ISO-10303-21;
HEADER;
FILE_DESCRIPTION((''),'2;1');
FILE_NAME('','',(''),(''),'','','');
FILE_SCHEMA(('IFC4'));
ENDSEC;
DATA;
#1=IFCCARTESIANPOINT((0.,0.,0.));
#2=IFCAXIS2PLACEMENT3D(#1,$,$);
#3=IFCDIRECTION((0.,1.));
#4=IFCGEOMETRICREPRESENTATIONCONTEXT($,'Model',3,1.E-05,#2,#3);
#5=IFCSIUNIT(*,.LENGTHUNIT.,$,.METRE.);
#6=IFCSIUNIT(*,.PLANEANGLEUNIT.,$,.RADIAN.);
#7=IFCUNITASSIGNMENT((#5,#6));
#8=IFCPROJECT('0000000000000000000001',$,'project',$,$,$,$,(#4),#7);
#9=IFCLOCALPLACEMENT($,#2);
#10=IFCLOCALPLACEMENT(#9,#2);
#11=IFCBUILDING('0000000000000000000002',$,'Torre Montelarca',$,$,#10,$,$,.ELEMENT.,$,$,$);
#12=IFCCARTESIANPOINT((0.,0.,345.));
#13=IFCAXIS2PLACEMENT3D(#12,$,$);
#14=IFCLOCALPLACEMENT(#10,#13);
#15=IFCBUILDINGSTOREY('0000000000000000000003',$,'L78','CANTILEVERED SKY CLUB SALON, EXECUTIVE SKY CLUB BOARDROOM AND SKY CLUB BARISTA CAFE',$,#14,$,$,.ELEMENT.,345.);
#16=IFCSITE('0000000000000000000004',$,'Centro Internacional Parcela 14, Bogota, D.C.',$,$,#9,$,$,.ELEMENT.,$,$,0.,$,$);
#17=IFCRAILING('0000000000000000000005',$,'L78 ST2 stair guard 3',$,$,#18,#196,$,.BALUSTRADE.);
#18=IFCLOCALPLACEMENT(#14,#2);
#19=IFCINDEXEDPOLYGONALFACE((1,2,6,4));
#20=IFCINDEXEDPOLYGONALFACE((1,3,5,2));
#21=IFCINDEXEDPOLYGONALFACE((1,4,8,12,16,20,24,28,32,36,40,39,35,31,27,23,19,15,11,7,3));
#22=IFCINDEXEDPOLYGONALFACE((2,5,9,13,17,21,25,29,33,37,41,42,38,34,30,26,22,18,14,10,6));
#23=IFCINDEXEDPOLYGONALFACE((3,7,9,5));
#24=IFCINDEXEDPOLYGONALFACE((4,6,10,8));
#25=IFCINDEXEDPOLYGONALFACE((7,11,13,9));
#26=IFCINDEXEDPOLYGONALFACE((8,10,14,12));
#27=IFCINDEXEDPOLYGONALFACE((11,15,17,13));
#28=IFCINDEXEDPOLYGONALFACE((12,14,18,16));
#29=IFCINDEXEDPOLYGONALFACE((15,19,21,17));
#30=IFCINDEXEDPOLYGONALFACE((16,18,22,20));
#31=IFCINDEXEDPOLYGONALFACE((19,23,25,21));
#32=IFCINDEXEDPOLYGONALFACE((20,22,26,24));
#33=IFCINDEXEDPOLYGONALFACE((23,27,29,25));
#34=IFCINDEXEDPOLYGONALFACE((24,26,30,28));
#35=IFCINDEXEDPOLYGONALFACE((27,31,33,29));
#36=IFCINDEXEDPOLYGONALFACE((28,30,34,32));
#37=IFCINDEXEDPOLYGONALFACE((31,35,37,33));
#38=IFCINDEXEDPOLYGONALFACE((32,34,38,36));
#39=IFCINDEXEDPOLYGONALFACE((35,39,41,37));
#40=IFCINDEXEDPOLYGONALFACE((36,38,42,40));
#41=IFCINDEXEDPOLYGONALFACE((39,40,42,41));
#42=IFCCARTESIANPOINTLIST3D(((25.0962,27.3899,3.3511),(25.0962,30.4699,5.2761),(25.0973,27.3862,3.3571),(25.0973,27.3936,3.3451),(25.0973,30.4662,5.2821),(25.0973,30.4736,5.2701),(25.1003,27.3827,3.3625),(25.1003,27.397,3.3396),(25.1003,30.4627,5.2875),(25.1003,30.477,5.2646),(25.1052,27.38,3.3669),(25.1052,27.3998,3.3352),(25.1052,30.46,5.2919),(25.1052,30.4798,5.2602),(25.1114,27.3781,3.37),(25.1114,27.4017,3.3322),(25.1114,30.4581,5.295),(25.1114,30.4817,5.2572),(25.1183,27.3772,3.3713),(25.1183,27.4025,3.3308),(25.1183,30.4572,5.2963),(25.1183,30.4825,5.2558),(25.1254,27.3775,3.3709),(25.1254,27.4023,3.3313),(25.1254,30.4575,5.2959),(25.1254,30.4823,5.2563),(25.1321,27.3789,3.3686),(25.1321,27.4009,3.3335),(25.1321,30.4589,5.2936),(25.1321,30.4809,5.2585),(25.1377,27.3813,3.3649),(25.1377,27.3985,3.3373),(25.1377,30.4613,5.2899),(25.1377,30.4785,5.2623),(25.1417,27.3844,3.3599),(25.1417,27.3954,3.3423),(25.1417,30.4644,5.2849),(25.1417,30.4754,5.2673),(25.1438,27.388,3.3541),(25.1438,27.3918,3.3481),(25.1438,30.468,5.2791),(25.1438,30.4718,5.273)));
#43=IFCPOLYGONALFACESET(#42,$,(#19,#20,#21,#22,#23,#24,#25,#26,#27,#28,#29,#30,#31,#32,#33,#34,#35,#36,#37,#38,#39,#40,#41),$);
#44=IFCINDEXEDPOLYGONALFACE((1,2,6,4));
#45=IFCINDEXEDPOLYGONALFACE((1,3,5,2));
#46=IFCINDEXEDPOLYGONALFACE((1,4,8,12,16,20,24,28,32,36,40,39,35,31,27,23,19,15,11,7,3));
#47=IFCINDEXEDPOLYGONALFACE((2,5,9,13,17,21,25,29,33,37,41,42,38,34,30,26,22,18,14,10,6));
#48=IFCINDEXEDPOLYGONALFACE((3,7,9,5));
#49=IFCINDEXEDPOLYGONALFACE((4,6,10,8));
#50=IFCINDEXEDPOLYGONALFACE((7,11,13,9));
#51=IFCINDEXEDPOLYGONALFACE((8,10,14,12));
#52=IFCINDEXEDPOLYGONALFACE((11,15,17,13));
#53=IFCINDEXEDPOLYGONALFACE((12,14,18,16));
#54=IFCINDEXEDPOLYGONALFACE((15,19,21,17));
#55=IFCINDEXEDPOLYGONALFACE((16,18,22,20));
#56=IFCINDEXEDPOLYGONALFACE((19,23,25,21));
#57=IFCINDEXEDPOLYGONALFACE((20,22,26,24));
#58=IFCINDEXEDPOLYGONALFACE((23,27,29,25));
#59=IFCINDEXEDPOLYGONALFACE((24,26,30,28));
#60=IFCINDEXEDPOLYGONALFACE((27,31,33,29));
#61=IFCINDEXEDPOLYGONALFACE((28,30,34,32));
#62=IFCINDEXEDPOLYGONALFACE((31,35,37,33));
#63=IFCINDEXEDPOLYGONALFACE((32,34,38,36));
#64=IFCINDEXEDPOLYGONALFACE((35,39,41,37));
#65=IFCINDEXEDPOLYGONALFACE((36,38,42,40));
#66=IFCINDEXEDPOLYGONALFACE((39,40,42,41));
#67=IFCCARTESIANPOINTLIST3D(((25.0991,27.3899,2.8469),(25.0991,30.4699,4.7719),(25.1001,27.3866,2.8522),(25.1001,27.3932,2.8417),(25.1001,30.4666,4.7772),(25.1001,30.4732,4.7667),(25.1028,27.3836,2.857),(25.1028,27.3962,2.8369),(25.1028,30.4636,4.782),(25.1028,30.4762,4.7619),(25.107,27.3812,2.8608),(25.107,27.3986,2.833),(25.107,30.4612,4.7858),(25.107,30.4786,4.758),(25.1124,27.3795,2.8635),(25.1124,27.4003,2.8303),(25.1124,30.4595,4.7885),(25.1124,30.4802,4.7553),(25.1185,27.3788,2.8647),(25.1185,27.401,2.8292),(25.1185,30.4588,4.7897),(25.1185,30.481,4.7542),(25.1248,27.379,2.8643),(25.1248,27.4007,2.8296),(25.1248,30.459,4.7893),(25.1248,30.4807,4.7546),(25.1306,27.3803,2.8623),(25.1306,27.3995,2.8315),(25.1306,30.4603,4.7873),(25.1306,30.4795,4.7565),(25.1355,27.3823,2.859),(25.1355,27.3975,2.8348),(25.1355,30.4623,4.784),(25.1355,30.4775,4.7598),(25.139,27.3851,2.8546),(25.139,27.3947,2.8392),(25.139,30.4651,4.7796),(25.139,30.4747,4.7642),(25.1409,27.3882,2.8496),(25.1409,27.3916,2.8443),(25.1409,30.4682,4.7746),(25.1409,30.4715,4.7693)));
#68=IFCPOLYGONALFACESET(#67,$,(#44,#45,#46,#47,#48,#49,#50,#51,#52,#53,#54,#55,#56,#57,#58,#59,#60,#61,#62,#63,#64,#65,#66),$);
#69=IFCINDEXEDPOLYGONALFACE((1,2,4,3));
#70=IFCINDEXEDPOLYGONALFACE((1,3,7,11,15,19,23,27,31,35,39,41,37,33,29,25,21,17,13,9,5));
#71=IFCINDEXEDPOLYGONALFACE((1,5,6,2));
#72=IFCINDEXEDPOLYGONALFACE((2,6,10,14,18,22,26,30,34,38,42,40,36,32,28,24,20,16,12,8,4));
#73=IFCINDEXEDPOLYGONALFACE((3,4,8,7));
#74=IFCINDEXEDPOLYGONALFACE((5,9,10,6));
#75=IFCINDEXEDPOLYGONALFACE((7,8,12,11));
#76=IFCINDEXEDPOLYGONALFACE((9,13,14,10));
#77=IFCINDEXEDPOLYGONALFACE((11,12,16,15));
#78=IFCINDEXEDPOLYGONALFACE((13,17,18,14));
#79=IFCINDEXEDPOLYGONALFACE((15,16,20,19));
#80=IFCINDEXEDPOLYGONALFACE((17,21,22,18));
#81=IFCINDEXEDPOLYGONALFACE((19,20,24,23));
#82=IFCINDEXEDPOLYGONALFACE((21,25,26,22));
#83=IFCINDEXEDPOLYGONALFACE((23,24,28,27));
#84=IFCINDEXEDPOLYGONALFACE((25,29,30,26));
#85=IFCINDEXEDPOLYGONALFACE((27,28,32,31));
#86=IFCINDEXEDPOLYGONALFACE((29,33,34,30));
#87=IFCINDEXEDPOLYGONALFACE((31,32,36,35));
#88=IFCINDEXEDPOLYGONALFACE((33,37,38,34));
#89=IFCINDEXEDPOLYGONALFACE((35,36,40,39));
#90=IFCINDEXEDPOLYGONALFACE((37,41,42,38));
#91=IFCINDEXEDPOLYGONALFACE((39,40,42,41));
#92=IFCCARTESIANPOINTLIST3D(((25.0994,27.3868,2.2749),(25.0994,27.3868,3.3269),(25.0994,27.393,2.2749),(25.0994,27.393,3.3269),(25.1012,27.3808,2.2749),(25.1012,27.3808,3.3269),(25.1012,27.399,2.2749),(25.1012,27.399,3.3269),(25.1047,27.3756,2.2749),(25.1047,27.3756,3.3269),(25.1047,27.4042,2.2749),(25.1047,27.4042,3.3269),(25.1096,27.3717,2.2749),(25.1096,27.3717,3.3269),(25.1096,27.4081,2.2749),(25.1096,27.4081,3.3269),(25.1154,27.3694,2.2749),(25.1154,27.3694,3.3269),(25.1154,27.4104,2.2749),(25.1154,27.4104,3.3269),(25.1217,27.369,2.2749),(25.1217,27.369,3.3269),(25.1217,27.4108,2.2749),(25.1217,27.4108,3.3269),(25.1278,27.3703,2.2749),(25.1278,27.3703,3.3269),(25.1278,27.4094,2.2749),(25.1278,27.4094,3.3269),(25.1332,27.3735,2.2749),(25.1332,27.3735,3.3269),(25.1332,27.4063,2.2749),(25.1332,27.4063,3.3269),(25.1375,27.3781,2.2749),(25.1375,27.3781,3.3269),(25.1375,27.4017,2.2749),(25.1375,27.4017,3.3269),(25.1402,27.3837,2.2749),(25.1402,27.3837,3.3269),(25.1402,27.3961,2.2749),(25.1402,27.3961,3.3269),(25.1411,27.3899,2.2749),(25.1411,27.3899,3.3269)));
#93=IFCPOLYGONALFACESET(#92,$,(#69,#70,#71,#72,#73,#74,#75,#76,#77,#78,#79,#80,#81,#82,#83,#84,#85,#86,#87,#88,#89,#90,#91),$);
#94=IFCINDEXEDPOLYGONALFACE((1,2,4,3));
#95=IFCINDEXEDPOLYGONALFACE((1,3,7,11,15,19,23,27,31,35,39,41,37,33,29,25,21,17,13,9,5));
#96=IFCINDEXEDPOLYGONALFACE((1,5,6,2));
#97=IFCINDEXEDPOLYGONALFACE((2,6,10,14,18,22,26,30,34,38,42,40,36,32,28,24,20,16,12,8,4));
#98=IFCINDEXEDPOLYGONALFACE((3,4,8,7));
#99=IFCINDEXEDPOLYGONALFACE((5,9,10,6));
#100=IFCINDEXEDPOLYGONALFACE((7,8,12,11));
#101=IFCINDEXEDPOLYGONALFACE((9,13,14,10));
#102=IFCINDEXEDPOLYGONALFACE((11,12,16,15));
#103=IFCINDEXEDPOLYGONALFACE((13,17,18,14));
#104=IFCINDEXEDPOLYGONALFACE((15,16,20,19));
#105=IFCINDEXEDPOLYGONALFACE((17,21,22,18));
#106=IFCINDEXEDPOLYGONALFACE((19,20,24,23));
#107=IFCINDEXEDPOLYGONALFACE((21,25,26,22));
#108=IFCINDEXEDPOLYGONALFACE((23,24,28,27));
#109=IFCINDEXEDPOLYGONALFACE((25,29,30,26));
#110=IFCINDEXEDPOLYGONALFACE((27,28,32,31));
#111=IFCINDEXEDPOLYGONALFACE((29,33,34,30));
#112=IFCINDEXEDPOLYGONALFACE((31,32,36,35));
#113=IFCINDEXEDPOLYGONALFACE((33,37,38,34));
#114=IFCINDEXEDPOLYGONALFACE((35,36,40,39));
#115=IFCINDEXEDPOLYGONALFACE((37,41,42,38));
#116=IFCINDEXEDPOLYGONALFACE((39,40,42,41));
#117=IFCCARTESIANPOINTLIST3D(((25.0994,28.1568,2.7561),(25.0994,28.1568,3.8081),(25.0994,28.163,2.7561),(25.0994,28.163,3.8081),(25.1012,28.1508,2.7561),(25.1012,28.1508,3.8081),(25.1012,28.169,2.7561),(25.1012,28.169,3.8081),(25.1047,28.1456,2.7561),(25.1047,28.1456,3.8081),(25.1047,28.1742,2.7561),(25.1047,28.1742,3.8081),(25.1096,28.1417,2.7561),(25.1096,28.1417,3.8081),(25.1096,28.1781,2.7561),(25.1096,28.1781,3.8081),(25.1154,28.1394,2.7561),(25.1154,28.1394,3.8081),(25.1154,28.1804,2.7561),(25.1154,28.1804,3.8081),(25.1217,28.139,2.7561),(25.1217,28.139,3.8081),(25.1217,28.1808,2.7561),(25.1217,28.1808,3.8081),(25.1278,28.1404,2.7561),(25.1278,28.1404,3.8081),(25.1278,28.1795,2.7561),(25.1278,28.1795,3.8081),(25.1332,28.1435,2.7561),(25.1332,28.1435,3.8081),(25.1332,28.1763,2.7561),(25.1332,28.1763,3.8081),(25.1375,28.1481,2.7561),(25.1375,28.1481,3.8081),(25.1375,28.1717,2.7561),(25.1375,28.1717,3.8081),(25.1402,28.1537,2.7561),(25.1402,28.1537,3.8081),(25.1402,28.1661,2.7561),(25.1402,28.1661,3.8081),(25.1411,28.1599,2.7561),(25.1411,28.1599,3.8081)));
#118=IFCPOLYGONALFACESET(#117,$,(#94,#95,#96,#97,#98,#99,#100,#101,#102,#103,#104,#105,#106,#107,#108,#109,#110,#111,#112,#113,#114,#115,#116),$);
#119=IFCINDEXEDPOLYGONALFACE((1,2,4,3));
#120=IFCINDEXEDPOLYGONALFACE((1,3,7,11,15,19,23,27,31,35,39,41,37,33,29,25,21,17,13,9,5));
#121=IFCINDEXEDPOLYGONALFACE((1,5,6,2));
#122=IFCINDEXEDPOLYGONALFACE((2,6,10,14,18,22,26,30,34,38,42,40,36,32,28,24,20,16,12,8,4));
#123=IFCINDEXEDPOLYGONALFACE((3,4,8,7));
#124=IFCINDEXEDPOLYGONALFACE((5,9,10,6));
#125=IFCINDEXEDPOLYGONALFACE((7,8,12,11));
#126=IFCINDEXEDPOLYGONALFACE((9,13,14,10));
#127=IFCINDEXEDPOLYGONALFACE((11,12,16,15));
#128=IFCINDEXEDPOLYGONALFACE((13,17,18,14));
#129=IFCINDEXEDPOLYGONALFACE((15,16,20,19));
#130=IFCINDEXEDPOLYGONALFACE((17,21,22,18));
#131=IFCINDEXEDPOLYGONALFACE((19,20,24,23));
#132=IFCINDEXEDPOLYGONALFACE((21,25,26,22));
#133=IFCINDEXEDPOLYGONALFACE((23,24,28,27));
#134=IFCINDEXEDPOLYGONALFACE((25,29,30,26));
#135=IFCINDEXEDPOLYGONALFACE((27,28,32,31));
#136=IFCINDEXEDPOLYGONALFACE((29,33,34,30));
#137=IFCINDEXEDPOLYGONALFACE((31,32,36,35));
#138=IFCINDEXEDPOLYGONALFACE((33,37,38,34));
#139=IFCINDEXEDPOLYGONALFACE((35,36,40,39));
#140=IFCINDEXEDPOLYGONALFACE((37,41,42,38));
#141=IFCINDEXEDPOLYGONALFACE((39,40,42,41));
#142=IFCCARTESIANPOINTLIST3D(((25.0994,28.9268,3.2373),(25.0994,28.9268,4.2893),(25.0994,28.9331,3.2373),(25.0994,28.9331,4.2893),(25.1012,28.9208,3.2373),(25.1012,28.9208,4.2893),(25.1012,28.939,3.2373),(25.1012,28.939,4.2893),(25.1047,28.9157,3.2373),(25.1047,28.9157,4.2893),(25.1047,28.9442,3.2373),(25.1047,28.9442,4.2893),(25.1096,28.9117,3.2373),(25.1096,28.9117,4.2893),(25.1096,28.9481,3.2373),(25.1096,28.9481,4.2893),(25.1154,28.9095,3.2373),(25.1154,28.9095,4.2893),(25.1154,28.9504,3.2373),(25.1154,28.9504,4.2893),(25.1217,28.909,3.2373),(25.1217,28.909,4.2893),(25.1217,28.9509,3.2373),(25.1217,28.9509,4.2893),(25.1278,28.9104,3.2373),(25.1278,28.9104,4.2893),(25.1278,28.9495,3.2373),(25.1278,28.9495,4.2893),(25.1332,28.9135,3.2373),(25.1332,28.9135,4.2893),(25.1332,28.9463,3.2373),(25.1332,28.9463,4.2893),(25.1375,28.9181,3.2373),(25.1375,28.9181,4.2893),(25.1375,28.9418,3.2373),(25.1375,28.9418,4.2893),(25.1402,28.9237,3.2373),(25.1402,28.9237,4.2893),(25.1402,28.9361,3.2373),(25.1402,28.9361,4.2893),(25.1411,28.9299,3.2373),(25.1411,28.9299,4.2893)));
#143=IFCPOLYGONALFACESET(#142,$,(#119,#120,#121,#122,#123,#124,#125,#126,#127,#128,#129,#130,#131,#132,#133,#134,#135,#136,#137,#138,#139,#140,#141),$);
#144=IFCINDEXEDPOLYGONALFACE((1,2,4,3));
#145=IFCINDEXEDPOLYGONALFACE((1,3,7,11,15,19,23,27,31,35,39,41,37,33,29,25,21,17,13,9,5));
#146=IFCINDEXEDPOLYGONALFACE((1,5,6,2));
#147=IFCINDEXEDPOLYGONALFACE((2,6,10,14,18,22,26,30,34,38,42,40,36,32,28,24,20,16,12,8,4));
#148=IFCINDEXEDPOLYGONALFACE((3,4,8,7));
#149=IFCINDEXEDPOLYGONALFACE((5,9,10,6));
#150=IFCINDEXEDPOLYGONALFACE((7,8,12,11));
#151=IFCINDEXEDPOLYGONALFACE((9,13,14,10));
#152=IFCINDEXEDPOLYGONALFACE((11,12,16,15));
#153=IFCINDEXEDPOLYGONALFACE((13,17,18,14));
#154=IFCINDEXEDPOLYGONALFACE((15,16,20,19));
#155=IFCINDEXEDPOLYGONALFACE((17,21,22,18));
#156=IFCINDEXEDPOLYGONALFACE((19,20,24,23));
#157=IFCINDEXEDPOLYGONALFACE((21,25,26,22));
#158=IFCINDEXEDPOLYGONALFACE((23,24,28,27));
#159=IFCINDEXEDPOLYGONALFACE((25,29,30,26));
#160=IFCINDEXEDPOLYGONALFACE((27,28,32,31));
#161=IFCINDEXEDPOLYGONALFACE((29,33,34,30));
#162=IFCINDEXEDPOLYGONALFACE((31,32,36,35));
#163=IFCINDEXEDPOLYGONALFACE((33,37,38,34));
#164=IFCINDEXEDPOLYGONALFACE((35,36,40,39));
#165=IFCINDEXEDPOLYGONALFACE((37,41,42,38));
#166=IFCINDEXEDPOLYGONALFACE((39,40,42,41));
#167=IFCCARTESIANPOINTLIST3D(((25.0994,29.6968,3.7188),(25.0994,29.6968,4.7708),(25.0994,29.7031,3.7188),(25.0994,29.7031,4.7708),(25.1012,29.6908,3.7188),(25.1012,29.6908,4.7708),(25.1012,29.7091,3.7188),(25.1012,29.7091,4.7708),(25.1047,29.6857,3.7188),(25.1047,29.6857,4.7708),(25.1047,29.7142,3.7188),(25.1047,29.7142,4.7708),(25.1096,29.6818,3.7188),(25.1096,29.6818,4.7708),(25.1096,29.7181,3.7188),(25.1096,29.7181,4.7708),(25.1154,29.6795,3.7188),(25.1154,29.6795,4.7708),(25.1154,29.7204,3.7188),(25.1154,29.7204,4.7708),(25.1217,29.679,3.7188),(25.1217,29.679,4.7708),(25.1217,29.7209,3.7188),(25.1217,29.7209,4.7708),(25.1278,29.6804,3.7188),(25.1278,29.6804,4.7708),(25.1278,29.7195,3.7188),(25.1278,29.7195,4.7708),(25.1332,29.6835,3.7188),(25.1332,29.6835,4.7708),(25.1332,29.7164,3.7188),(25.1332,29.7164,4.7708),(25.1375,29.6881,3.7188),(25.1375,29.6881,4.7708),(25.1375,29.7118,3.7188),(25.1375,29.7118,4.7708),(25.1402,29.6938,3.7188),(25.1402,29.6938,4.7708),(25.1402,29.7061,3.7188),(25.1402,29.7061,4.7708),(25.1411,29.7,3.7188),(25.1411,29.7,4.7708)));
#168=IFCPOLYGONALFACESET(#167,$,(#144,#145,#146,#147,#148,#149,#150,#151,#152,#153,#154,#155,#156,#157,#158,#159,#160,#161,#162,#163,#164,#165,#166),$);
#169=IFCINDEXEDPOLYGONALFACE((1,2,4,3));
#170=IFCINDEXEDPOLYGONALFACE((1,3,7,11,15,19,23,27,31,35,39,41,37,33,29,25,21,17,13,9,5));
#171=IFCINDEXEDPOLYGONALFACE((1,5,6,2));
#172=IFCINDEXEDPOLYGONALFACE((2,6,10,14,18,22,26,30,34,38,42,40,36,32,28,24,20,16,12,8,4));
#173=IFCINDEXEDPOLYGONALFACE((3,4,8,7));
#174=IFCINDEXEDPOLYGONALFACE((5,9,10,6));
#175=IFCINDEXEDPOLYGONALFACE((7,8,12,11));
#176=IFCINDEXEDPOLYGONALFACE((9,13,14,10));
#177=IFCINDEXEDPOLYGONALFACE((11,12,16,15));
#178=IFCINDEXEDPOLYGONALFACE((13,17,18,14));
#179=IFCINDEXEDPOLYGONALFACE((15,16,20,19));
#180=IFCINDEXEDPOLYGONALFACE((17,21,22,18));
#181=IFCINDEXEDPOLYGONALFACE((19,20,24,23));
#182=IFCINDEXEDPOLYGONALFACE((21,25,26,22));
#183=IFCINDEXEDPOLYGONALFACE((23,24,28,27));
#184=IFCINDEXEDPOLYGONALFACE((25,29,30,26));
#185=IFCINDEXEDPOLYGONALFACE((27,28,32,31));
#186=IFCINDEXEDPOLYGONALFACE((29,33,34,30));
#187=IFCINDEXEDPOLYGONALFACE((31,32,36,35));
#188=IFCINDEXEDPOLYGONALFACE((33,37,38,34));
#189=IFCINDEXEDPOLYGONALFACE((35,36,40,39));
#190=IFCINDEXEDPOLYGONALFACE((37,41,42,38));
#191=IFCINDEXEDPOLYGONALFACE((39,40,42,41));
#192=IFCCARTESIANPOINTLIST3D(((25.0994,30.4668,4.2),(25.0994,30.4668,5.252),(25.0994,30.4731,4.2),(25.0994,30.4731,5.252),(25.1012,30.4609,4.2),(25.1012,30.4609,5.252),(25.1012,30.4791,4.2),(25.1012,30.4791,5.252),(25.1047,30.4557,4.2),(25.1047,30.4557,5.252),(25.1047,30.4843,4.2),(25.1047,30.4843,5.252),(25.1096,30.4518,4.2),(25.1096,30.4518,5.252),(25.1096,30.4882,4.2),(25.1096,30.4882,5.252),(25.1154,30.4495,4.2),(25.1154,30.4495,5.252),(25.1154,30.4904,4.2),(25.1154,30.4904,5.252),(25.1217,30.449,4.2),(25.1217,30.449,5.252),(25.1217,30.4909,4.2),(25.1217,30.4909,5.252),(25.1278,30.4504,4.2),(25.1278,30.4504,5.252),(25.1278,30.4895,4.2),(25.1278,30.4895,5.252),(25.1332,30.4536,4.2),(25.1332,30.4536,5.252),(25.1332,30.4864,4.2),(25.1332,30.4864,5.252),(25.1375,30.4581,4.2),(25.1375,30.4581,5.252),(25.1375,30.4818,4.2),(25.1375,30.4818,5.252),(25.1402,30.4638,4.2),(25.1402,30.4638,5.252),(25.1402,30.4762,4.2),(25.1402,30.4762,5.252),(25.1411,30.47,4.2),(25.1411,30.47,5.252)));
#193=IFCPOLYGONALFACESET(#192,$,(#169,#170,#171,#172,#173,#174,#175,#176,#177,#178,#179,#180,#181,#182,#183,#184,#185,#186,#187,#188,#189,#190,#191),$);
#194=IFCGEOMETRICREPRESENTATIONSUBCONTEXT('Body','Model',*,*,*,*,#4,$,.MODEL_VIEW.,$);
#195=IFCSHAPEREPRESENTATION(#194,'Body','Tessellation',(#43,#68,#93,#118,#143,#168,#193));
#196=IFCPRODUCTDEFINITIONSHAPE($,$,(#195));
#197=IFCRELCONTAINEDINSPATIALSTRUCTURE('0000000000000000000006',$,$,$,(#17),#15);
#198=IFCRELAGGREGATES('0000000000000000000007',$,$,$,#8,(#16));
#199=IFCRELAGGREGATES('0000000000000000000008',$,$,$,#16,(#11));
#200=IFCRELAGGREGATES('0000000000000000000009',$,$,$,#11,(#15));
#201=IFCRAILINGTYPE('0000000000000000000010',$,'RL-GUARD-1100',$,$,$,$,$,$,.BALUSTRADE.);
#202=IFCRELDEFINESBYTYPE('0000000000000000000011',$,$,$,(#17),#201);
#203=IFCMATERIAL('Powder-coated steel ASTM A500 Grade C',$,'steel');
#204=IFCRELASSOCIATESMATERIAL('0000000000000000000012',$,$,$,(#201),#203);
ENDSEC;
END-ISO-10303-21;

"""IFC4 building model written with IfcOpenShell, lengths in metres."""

from ifc_helpers import new_model, si_unit, direction, frame, origin, origin_2d, place, context, subcontext, project, spatial, circle, extrude, material, type_object, element, save


model = new_model("IFC4")

# Units and contexts
model_context = context("Model", 3, precision=1e-05, world=origin(), true_north=direction((0.0, 1.0)))
body_context = subcontext(model_context, "Body", "Model", "MODEL_VIEW")
ifc_project = project(units=[si_unit("LENGTHUNIT", "METRE"), si_unit("PLANEANGLEUNIT", "RADIAN")], contexts=[model_context])

# Site, building, storey
site_placement = place(None, origin())
site = spatial("IfcSite", under=ifc_project, at=site_placement, Name="Centro Internacional Parcela 14, Bogota, D.C.", CompositionType="ELEMENT", RefElevation=0.0)
building_placement = place(site_placement, origin())
building = spatial("IfcBuilding", under=site, at=building_placement, Name="Torre Montelarca", CompositionType="ELEMENT")
storey_placement = place(building_placement, frame((0.0, 0.0, 345.0)))
storey = spatial("IfcBuildingStorey", under=building, at=storey_placement, Name="L78", Description="CANTILEVERED SKY CLUB SALON, EXECUTIVE SKY CLUB BOARDROOM AND SKY CLUB BARISTA CAFE", CompositionType="ELEMENT", Elevation=345.0)

# Railing
ifc_material_1 = material(Name="Powder-coated steel ASTM A500 Grade C", Category="steel")
railing_type_1 = type_object("IfcRailingType", Name="RL-GUARD-1100", PredefinedType="BALUSTRADE", material=ifc_material_1)
railing_1_placement = place(storey_placement, frame((25.1201, 27.3899, 2.2749)))
element("IfcRailing", 1, at=railing_1_placement, inside=storey, type_object=railing_type_1, Name="L78 ST2 stair guard 3", PredefinedType="BALUSTRADE", context=body_context, shape_type="SweptSolid", body=[
    extrude(circle(Radius=0.0239, at=origin_2d()), frame((0.0, 0.0, 1.0762), z_axis=(0.0, 0.847998, 0.529999), x_axis=(-1.0, 0.0, 0.0)), (0.0, 0.0, 1.0), 3.6321),
    extrude(circle(Radius=0.021, at=origin_2d()), frame((0.0, 0.0, 0.572), z_axis=(0.0, 0.847998, 0.529999), x_axis=(-1.0, 0.0, 0.0)), (0.0, 0.0, 1.0), 3.6321),
    extrude(circle(Radius=0.021, at=origin_2d()), origin(), (0.0, 0.0, 1.0), 1.052),
    extrude(circle(Radius=0.021, at=origin_2d()), frame((0.0, 0.77, 0.4812)), (0.0, 0.0, 1.0), 1.052),
    extrude(circle(Radius=0.021, at=origin_2d()), frame((0.0, 1.54, 0.9624)), (0.0, 0.0, 1.0), 1.052),
    extrude(circle(Radius=0.021, at=origin_2d()), frame((0.0, 2.3101, 1.4438)), (0.0, 0.0, 1.0), 1.052),
    extrude(circle(Radius=0.021, at=origin_2d()), frame((0.0, 3.0801, 1.925)), (0.0, 0.0, 1.0), 1.052),
])

save(model, "model.ifc")
